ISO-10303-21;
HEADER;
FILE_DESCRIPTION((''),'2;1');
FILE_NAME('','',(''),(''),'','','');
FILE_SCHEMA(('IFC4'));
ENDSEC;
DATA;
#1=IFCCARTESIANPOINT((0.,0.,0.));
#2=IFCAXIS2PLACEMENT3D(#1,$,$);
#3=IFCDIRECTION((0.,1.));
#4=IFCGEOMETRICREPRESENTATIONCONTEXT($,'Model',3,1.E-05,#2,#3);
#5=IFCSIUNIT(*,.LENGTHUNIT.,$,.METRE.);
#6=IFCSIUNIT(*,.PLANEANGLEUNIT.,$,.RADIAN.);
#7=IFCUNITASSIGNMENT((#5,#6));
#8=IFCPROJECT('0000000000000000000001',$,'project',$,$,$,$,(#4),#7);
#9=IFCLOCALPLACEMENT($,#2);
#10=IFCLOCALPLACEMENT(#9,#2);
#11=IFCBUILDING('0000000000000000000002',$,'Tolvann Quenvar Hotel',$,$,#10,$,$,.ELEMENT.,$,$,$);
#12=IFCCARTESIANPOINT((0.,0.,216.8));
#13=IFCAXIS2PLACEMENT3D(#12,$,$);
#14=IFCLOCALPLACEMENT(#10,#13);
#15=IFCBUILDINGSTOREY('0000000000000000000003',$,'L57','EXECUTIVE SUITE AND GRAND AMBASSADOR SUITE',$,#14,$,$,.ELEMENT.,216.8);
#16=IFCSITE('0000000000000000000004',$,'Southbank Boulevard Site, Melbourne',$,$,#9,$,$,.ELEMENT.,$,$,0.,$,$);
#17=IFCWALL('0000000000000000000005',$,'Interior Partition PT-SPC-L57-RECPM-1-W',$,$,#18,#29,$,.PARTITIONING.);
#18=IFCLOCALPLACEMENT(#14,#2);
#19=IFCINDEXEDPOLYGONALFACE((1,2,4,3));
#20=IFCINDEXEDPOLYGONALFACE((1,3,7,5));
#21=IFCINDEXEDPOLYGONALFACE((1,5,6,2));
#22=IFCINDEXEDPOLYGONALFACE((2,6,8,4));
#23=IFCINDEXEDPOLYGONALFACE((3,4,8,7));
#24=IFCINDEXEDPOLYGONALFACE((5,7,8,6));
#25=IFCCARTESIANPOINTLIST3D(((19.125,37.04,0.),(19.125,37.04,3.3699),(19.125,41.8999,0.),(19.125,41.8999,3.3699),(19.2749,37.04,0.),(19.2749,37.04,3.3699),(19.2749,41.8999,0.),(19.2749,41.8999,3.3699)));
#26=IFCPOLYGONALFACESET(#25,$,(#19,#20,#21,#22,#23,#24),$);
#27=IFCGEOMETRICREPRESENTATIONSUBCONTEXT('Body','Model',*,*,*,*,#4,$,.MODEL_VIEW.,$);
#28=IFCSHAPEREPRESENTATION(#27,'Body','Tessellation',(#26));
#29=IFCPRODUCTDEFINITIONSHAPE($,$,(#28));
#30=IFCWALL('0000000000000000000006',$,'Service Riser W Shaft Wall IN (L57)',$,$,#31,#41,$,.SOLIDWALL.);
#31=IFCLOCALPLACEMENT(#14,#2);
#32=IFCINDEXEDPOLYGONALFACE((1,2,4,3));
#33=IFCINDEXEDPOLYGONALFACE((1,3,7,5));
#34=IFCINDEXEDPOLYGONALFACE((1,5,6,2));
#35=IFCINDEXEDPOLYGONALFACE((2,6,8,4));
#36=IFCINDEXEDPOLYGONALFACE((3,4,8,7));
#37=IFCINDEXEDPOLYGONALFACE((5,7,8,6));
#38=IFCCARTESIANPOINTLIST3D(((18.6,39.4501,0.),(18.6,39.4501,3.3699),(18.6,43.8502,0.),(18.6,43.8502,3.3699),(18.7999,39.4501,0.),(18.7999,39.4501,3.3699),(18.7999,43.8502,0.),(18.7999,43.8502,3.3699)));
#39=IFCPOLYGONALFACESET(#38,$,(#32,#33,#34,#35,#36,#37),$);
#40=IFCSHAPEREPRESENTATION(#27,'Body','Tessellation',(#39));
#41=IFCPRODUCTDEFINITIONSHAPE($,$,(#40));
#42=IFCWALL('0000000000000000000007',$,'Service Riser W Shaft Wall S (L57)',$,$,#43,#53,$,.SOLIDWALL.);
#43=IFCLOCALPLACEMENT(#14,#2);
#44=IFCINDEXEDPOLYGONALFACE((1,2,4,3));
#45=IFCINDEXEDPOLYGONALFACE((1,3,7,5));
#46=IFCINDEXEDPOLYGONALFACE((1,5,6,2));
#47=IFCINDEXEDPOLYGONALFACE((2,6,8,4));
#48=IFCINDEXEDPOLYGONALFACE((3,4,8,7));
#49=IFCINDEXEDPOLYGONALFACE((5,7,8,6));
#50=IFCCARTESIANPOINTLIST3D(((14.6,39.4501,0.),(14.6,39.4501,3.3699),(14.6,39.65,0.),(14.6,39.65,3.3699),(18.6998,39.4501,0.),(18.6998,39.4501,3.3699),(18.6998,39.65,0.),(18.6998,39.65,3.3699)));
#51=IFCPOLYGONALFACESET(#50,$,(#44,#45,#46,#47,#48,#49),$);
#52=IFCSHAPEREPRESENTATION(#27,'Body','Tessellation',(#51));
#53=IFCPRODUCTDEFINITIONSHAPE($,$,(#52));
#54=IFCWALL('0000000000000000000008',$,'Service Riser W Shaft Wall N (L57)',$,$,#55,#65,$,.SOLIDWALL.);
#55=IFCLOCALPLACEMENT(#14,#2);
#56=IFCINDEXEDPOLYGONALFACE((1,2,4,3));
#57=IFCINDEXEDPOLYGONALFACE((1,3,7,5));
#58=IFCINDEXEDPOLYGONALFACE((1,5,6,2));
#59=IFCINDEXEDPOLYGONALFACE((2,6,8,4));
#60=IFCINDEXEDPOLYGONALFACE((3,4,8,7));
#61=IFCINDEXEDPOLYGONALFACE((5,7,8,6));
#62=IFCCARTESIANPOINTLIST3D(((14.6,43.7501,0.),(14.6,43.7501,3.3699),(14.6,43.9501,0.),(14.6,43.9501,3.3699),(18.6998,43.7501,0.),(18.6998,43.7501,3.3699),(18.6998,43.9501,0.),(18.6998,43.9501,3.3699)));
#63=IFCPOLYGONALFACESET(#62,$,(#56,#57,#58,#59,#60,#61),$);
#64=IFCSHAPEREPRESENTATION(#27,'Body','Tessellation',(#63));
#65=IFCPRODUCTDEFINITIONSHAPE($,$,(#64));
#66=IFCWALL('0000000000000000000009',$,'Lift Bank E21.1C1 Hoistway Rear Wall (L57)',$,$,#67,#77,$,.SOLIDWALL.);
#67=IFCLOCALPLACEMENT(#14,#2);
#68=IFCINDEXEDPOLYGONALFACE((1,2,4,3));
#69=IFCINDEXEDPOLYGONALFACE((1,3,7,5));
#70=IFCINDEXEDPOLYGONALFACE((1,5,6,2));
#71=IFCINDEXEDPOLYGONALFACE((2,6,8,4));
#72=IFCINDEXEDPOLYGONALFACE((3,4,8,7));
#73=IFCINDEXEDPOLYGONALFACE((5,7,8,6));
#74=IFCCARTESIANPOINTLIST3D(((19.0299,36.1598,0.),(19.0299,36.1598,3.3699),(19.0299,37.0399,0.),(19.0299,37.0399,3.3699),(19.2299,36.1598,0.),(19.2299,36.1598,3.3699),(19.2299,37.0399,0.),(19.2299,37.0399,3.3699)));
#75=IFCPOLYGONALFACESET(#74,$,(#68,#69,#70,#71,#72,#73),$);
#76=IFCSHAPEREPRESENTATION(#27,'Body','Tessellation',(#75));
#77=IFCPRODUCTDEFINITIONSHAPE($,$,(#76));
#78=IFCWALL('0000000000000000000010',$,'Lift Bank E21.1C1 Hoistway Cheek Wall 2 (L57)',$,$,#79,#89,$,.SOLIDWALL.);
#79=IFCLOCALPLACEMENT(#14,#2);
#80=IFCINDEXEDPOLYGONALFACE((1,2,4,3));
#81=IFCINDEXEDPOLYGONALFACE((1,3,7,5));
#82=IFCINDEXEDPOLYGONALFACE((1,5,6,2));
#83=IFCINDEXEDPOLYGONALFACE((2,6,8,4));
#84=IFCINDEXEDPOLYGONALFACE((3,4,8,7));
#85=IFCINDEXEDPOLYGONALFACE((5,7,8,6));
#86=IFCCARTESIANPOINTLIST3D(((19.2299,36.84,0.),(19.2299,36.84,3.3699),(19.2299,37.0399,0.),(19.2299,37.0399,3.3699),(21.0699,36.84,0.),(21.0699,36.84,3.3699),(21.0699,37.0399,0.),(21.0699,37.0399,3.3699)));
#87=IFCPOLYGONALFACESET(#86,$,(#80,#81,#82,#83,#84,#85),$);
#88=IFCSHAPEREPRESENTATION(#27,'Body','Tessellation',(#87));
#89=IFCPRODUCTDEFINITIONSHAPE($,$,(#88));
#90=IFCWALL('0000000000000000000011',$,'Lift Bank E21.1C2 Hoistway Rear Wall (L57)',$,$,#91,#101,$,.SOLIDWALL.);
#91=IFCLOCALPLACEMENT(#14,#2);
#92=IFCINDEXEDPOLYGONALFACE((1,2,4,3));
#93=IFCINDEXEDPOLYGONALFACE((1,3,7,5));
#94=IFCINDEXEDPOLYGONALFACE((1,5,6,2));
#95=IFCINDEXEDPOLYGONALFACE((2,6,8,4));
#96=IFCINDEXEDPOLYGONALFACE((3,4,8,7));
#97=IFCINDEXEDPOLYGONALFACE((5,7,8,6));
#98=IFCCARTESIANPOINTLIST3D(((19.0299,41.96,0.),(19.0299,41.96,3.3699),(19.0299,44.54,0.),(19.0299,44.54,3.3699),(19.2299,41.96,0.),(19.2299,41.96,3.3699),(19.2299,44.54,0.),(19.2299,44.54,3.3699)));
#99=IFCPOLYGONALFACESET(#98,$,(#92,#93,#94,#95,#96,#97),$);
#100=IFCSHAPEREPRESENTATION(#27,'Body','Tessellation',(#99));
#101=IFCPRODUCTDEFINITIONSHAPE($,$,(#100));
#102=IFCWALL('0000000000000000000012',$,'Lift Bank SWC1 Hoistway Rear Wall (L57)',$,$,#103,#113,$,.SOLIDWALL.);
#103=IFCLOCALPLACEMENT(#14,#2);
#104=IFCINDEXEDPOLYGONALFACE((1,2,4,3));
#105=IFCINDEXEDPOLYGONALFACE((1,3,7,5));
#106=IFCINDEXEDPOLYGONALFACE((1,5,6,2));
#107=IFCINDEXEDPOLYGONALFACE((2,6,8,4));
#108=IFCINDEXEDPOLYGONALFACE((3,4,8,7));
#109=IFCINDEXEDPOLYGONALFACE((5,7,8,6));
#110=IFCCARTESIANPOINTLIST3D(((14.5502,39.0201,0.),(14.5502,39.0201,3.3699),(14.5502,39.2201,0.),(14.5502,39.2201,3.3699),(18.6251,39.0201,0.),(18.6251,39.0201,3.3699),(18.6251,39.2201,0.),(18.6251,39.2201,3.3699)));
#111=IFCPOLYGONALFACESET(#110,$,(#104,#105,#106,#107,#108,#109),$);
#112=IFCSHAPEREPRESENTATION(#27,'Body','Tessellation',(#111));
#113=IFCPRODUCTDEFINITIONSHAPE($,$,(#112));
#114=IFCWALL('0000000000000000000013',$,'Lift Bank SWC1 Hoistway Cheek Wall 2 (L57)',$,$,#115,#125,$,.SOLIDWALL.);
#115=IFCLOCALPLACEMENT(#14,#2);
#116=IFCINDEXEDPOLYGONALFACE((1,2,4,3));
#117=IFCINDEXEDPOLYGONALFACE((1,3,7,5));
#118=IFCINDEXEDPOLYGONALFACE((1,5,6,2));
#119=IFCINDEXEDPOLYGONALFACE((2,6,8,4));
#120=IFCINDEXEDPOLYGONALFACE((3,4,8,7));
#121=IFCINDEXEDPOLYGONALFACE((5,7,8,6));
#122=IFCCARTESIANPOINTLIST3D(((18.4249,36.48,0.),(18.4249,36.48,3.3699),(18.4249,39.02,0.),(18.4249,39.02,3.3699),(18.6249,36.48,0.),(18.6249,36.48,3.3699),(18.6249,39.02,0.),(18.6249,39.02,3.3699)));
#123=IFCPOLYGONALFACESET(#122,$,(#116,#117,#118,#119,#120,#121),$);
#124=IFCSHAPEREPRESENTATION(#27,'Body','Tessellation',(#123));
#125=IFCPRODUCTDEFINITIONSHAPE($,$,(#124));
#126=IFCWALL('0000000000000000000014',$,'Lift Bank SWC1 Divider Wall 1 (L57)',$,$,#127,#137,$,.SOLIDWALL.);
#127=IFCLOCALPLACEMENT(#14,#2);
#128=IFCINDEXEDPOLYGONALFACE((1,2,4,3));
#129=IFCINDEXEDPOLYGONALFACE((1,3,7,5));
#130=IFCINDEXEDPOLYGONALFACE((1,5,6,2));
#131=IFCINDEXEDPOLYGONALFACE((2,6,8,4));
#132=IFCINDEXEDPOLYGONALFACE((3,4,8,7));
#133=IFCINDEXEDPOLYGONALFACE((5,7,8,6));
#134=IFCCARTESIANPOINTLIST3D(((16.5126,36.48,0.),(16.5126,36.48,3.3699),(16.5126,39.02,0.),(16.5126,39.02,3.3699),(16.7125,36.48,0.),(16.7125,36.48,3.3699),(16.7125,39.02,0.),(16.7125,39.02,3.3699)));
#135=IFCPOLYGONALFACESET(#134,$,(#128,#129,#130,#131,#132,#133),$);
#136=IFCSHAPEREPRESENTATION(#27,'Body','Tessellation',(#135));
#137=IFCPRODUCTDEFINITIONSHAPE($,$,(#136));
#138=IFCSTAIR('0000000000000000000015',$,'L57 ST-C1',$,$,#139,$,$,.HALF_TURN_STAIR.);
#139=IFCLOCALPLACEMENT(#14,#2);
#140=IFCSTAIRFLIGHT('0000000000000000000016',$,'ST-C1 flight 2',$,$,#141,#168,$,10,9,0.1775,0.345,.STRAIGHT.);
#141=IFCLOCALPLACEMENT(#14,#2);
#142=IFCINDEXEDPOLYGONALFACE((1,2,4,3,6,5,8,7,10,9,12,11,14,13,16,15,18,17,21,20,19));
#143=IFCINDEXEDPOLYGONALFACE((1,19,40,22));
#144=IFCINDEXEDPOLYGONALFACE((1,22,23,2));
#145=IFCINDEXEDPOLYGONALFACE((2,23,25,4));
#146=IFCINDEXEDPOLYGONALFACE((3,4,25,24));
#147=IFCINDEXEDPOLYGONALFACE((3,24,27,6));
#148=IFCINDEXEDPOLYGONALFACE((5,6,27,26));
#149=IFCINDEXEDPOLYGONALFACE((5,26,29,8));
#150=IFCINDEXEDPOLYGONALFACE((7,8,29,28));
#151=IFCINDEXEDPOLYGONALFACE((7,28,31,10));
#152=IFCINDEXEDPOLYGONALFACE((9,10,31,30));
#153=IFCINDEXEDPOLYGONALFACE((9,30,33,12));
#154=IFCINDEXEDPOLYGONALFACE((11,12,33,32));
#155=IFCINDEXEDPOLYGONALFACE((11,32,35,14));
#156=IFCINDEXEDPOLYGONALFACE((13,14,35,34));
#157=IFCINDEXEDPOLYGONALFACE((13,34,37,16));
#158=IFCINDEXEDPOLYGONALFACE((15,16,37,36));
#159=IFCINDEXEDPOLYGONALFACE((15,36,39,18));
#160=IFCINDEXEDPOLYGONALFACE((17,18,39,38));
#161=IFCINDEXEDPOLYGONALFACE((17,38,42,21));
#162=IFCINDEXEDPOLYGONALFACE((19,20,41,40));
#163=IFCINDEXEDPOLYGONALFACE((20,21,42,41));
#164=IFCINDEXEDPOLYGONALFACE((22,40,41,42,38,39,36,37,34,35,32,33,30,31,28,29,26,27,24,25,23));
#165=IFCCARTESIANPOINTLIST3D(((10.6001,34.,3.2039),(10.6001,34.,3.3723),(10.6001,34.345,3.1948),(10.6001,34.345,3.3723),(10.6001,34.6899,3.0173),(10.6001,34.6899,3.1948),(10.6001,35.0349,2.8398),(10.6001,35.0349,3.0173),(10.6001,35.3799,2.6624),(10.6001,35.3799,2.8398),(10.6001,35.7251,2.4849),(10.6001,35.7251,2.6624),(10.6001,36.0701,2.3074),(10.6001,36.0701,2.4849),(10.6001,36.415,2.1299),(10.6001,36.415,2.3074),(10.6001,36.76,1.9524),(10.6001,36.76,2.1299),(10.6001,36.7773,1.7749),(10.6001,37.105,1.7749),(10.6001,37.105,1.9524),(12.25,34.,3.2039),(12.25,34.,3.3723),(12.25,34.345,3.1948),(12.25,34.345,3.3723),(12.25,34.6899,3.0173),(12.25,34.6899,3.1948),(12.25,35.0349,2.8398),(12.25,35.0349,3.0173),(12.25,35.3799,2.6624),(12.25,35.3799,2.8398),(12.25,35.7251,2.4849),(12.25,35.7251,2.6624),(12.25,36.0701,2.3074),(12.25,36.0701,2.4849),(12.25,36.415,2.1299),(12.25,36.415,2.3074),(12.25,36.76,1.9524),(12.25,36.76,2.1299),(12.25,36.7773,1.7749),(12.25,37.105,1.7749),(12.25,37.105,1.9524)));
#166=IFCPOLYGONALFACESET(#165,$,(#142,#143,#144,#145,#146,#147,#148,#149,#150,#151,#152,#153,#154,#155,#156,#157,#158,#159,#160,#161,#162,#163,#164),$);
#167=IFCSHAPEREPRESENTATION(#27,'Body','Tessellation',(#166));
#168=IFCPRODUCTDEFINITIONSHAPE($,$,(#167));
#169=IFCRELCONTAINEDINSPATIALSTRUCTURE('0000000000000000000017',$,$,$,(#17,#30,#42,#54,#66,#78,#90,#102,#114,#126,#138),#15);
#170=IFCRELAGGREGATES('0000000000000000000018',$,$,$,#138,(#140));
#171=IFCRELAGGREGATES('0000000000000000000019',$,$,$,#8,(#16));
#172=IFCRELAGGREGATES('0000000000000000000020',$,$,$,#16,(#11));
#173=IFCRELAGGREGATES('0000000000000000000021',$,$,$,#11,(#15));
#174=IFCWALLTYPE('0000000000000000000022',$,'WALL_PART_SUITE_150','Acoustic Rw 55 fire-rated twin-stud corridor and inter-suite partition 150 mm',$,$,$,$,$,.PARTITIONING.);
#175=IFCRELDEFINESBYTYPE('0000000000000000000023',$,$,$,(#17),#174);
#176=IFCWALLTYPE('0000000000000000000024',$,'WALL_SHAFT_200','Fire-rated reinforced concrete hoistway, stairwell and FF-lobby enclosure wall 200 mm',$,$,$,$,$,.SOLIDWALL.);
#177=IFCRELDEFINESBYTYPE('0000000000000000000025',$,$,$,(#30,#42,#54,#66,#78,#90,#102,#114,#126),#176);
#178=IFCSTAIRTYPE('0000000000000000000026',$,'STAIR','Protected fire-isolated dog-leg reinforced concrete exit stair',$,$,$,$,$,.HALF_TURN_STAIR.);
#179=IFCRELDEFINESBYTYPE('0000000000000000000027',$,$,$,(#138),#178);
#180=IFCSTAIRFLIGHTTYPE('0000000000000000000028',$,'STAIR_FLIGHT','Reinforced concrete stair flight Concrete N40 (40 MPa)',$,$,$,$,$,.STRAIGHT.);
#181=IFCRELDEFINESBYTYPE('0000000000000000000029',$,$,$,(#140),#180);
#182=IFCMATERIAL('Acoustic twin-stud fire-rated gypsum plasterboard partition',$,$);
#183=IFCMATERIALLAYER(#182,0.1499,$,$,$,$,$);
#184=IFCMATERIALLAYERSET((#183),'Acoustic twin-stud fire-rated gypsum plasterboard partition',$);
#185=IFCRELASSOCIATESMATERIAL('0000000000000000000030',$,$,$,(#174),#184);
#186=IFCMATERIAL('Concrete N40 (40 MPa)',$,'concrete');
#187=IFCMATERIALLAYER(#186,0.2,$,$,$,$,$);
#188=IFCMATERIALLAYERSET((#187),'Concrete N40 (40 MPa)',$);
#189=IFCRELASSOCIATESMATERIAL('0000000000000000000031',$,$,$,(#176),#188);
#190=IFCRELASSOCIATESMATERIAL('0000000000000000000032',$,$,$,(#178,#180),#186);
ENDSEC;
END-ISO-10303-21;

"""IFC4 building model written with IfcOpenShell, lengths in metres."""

from ifc_helpers import new_model, si_unit, direction, frame, frame_2d, origin, place, context, subcontext, project, spatial, polyline, rectangle, outline, extrude, material, layer, layer_set, type_object, element, aggregate, save


model = new_model("IFC4")

# Units and contexts
model_context = context("Model", 3, precision=1e-05, world=origin(), true_north=direction((0.0, 1.0)))
body_context = subcontext(model_context, "Body", "Model", "MODEL_VIEW")
ifc_project = project(units=[si_unit("LENGTHUNIT", "METRE"), si_unit("PLANEANGLEUNIT", "RADIAN")], contexts=[model_context])

# Site, building, storey
site_placement = place(None, origin())
site = spatial("IfcSite", under=ifc_project, at=site_placement, Name="Southbank Boulevard Site, Melbourne", CompositionType="ELEMENT", RefElevation=0.0)
building_placement = place(site_placement, origin())
building = spatial("IfcBuilding", under=site, at=building_placement, Name="Tolvann Quenvar Hotel", CompositionType="ELEMENT")
storey_placement = place(building_placement, frame((0.0, 0.0, 216.8)))
storey = spatial("IfcBuildingStorey", under=building, at=storey_placement, Name="L57", Description="EXECUTIVE SUITE AND GRAND AMBASSADOR SUITE", CompositionType="ELEMENT", Elevation=216.8)

# Walls
ifc_material_1 = material(Name="Acoustic twin-stud fire-rated gypsum plasterboard partition")
ifc_layer_1 = layer(ifc_material_1, 0.1499)
ifc_layer_set_1 = layer_set([ifc_layer_1], Name="Acoustic twin-stud fire-rated gypsum plasterboard partition")
wall_type_1 = type_object("IfcWallType", Name="WALL_PART_SUITE_150", Description="Acoustic Rw 55 fire-rated twin-stud corridor and inter-suite partition 150 mm", PredefinedType="PARTITIONING", material=ifc_layer_set_1)
wall_1_placement = place(storey_placement, frame((19.2, 37.04, 0.0), z_axis=(0.0, 0.0, 1.0), x_axis=(0.0, 1.0, 0.0)))
element("IfcWall", 1, at=wall_1_placement, inside=storey, type_object=wall_type_1, Name="Interior Partition PT-SPC-L57-RECPM-1-W", PredefinedType="PARTITIONING", context=body_context, shape_type="SweptSolid", body=[
    extrude(rectangle(XDim=4.8599, YDim=0.1499, at=frame_2d((2.4299, 0.0))), origin(), (0.0, 0.0, 1.0), 3.3699),
])
ifc_material_2 = material(Name="Concrete N40 (40 MPa)", Category="concrete")
ifc_layer_2 = layer(ifc_material_2, 0.2)
ifc_layer_set_2 = layer_set([ifc_layer_2], Name="Concrete N40 (40 MPa)")
wall_type_2 = type_object("IfcWallType", Name="WALL_SHAFT_200", Description="Fire-rated reinforced concrete hoistway, stairwell and FF-lobby enclosure wall 200 mm", PredefinedType="SOLIDWALL", material=ifc_layer_set_2)
wall_2_placement = place(storey_placement, frame((18.7, 39.45, 0.0), z_axis=(0.0, 0.0, 1.0), x_axis=(0.0, 1.0, 0.0)))
element("IfcWall", 2, at=wall_2_placement, inside=storey, type_object=wall_type_2, Name="Service Riser W Shaft Wall IN (L57)", PredefinedType="SOLIDWALL", context=body_context, shape_type="SweptSolid", body=[
    extrude(rectangle(XDim=4.4001, YDim=0.2, at=frame_2d((2.2002, 0.0))), origin(), (0.0, 0.0, 1.0), 3.3699),
])
for number, where, z_axis, x_axis, name in (
    (3, (14.6001, 39.55, 0.0), (0.0, 0.0, 1.0), (1.0, 0.0, 0.0), "Service Riser W Shaft Wall S (L57)"),
    (4, (14.6001, 43.8501, 0.0), (0.0, 0.0, 1.0), (1.0, 0.0, 0.0), "Service Riser W Shaft Wall N (L57)"),
):
    element("IfcWall", number, at=place(storey_placement, frame(where, z_axis=z_axis, x_axis=x_axis)), inside=storey, type_object=wall_type_2, Name=name, PredefinedType="SOLIDWALL", context=body_context, shape_type="SweptSolid", body=[
        extrude(rectangle(XDim=4.0999, YDim=0.2, at=frame_2d((2.0498, 0.0))), origin(), (0.0, 0.0, 1.0), 3.3699),
    ])
wall_3_placement = place(storey_placement, frame((19.1299, 36.1599, 0.0), z_axis=(0.0, 0.0, 1.0), x_axis=(0.0, 1.0, 0.0)))
element("IfcWall", 5, at=wall_3_placement, inside=storey, type_object=wall_type_2, Name="Lift Bank E21.1C1 Hoistway Rear Wall (L57)", PredefinedType="SOLIDWALL", context=body_context, shape_type="SweptSolid", body=[
    extrude(rectangle(XDim=0.8801, YDim=0.2, at=frame_2d((0.4399, 0.0))), origin(), (0.0, 0.0, 1.0), 3.3699),
])
wall_4_placement = place(storey_placement, frame((19.23, 36.9399, 0.0), z_axis=(0.0, 0.0, 1.0), x_axis=(1.0, 0.0, 0.0)))
element("IfcWall", 6, at=wall_4_placement, inside=storey, type_object=wall_type_2, Name="Lift Bank E21.1C1 Hoistway Cheek Wall 2 (L57)", PredefinedType="SOLIDWALL", context=body_context, shape_type="SweptSolid", body=[
    extrude(rectangle(XDim=1.8401, YDim=0.2, at=frame_2d((0.9199, 0.0))), origin(), (0.0, 0.0, 1.0), 3.3699),
])
wall_5_placement = place(storey_placement, frame((19.1299, 41.96, 0.0), z_axis=(0.0, 0.0, 1.0), x_axis=(0.0, 1.0, 0.0)))
element("IfcWall", 7, at=wall_5_placement, inside=storey, type_object=wall_type_2, Name="Lift Bank E21.1C2 Hoistway Rear Wall (L57)", PredefinedType="SOLIDWALL", context=body_context, shape_type="SweptSolid", body=[
    extrude(rectangle(XDim=2.5801, YDim=0.2, at=frame_2d((1.29, 0.0))), origin(), (0.0, 0.0, 1.0), 3.3699),
])

# Walls
wall_6_placement = place(storey_placement, frame((14.55, 39.1201, 0.0), z_axis=(0.0, 0.0, 1.0), x_axis=(1.0, 0.0, 0.0)))
element("IfcWall", 8, at=wall_6_placement, inside=storey, type_object=wall_type_2, Name="Lift Bank SWC1 Hoistway Rear Wall (L57)", PredefinedType="SOLIDWALL", context=body_context, shape_type="SweptSolid", body=[
    extrude(rectangle(XDim=4.075, YDim=0.2, at=frame_2d((2.0376, 0.0))), origin(), (0.0, 0.0, 1.0), 3.3699),
])
for number, where, z_axis, x_axis, name in (
    (9, (18.5249, 36.48, 0.0), (0.0, 0.0, 1.0), (0.0, 1.0, 0.0), "Lift Bank SWC1 Hoistway Cheek Wall 2 (L57)"),
    (10, (16.6125, 36.48, 0.0), (0.0, 0.0, 1.0), (0.0, 1.0, 0.0), "Lift Bank SWC1 Divider Wall 1 (L57)"),
):
    element("IfcWall", number, at=place(storey_placement, frame(where, z_axis=z_axis, x_axis=x_axis)), inside=storey, type_object=wall_type_2, Name=name, PredefinedType="SOLIDWALL", context=body_context, shape_type="SweptSolid", body=[
        extrude(rectangle(XDim=2.54, YDim=0.2, at=frame_2d((1.27, 0.0))), origin(), (0.0, 0.0, 1.0), 3.3699),
    ])

# Stair, stair flight
stair_type = type_object("IfcStairType", Name="STAIR", Description="Protected fire-isolated dog-leg reinforced concrete exit stair", PredefinedType="HALF_TURN_STAIR", material=ifc_material_2)
stair_placement = place(storey_placement, origin())
stair = element("IfcStair", 11, at=stair_placement, inside=storey, type_object=stair_type, Name="L57 ST-C1", PredefinedType="HALF_TURN_STAIR")
stair_flight_type = type_object("IfcStairFlightType", Name="STAIR_FLIGHT", Description="Reinforced concrete stair flight Concrete N40 (40 MPa)", PredefinedType="STRAIGHT", material=ifc_material_2)
stair_flight_placement = place(storey_placement, frame((11.425, 37.105, 1.7749), z_axis=(0.0, 0.0, 1.0), x_axis=(0.0, -1.0, 0.0)))
stair_flight = element("IfcStairFlight", 12, at=stair_flight_placement, type_object=stair_flight_type, Name="ST-C1 flight 2", NumberOfRisers=10, NumberOfTreads=9, PredefinedType="STRAIGHT", RiserHeight=0.1775, TreadLength=0.345, context=body_context, shape_type="SweptSolid", body=[
    extrude(outline(polyline([(0.0, 0.0), (0.0, 0.1775), (0.345, 0.1775), (0.345, 0.355), (0.6899, 0.355), (0.6899, 0.5325), (1.0349, 0.5325), (1.0349, 0.71), (1.3799, 0.71), (1.3799, 0.8875), (1.7251, 0.8875), (1.7251, 1.0649), (2.0701, 1.0649), (2.0701, 1.2424), (2.415, 1.2424), (2.415, 1.4199), (2.76, 1.4199), (2.76, 1.5974), (3.105, 1.5974), (3.105, 1.7749), (3.105, 1.429), (0.3276, 0.0), (0.0, 0.0)])), frame((0.0, 0.825, 0.0), z_axis=(0.0, -1.0, 0.0), x_axis=(1.0, 0.0, 0.0)), (0.0, 0.0, 1.0), 1.6499),
])
aggregate(stair, [stair_flight])

save(model, "model.ifc")
